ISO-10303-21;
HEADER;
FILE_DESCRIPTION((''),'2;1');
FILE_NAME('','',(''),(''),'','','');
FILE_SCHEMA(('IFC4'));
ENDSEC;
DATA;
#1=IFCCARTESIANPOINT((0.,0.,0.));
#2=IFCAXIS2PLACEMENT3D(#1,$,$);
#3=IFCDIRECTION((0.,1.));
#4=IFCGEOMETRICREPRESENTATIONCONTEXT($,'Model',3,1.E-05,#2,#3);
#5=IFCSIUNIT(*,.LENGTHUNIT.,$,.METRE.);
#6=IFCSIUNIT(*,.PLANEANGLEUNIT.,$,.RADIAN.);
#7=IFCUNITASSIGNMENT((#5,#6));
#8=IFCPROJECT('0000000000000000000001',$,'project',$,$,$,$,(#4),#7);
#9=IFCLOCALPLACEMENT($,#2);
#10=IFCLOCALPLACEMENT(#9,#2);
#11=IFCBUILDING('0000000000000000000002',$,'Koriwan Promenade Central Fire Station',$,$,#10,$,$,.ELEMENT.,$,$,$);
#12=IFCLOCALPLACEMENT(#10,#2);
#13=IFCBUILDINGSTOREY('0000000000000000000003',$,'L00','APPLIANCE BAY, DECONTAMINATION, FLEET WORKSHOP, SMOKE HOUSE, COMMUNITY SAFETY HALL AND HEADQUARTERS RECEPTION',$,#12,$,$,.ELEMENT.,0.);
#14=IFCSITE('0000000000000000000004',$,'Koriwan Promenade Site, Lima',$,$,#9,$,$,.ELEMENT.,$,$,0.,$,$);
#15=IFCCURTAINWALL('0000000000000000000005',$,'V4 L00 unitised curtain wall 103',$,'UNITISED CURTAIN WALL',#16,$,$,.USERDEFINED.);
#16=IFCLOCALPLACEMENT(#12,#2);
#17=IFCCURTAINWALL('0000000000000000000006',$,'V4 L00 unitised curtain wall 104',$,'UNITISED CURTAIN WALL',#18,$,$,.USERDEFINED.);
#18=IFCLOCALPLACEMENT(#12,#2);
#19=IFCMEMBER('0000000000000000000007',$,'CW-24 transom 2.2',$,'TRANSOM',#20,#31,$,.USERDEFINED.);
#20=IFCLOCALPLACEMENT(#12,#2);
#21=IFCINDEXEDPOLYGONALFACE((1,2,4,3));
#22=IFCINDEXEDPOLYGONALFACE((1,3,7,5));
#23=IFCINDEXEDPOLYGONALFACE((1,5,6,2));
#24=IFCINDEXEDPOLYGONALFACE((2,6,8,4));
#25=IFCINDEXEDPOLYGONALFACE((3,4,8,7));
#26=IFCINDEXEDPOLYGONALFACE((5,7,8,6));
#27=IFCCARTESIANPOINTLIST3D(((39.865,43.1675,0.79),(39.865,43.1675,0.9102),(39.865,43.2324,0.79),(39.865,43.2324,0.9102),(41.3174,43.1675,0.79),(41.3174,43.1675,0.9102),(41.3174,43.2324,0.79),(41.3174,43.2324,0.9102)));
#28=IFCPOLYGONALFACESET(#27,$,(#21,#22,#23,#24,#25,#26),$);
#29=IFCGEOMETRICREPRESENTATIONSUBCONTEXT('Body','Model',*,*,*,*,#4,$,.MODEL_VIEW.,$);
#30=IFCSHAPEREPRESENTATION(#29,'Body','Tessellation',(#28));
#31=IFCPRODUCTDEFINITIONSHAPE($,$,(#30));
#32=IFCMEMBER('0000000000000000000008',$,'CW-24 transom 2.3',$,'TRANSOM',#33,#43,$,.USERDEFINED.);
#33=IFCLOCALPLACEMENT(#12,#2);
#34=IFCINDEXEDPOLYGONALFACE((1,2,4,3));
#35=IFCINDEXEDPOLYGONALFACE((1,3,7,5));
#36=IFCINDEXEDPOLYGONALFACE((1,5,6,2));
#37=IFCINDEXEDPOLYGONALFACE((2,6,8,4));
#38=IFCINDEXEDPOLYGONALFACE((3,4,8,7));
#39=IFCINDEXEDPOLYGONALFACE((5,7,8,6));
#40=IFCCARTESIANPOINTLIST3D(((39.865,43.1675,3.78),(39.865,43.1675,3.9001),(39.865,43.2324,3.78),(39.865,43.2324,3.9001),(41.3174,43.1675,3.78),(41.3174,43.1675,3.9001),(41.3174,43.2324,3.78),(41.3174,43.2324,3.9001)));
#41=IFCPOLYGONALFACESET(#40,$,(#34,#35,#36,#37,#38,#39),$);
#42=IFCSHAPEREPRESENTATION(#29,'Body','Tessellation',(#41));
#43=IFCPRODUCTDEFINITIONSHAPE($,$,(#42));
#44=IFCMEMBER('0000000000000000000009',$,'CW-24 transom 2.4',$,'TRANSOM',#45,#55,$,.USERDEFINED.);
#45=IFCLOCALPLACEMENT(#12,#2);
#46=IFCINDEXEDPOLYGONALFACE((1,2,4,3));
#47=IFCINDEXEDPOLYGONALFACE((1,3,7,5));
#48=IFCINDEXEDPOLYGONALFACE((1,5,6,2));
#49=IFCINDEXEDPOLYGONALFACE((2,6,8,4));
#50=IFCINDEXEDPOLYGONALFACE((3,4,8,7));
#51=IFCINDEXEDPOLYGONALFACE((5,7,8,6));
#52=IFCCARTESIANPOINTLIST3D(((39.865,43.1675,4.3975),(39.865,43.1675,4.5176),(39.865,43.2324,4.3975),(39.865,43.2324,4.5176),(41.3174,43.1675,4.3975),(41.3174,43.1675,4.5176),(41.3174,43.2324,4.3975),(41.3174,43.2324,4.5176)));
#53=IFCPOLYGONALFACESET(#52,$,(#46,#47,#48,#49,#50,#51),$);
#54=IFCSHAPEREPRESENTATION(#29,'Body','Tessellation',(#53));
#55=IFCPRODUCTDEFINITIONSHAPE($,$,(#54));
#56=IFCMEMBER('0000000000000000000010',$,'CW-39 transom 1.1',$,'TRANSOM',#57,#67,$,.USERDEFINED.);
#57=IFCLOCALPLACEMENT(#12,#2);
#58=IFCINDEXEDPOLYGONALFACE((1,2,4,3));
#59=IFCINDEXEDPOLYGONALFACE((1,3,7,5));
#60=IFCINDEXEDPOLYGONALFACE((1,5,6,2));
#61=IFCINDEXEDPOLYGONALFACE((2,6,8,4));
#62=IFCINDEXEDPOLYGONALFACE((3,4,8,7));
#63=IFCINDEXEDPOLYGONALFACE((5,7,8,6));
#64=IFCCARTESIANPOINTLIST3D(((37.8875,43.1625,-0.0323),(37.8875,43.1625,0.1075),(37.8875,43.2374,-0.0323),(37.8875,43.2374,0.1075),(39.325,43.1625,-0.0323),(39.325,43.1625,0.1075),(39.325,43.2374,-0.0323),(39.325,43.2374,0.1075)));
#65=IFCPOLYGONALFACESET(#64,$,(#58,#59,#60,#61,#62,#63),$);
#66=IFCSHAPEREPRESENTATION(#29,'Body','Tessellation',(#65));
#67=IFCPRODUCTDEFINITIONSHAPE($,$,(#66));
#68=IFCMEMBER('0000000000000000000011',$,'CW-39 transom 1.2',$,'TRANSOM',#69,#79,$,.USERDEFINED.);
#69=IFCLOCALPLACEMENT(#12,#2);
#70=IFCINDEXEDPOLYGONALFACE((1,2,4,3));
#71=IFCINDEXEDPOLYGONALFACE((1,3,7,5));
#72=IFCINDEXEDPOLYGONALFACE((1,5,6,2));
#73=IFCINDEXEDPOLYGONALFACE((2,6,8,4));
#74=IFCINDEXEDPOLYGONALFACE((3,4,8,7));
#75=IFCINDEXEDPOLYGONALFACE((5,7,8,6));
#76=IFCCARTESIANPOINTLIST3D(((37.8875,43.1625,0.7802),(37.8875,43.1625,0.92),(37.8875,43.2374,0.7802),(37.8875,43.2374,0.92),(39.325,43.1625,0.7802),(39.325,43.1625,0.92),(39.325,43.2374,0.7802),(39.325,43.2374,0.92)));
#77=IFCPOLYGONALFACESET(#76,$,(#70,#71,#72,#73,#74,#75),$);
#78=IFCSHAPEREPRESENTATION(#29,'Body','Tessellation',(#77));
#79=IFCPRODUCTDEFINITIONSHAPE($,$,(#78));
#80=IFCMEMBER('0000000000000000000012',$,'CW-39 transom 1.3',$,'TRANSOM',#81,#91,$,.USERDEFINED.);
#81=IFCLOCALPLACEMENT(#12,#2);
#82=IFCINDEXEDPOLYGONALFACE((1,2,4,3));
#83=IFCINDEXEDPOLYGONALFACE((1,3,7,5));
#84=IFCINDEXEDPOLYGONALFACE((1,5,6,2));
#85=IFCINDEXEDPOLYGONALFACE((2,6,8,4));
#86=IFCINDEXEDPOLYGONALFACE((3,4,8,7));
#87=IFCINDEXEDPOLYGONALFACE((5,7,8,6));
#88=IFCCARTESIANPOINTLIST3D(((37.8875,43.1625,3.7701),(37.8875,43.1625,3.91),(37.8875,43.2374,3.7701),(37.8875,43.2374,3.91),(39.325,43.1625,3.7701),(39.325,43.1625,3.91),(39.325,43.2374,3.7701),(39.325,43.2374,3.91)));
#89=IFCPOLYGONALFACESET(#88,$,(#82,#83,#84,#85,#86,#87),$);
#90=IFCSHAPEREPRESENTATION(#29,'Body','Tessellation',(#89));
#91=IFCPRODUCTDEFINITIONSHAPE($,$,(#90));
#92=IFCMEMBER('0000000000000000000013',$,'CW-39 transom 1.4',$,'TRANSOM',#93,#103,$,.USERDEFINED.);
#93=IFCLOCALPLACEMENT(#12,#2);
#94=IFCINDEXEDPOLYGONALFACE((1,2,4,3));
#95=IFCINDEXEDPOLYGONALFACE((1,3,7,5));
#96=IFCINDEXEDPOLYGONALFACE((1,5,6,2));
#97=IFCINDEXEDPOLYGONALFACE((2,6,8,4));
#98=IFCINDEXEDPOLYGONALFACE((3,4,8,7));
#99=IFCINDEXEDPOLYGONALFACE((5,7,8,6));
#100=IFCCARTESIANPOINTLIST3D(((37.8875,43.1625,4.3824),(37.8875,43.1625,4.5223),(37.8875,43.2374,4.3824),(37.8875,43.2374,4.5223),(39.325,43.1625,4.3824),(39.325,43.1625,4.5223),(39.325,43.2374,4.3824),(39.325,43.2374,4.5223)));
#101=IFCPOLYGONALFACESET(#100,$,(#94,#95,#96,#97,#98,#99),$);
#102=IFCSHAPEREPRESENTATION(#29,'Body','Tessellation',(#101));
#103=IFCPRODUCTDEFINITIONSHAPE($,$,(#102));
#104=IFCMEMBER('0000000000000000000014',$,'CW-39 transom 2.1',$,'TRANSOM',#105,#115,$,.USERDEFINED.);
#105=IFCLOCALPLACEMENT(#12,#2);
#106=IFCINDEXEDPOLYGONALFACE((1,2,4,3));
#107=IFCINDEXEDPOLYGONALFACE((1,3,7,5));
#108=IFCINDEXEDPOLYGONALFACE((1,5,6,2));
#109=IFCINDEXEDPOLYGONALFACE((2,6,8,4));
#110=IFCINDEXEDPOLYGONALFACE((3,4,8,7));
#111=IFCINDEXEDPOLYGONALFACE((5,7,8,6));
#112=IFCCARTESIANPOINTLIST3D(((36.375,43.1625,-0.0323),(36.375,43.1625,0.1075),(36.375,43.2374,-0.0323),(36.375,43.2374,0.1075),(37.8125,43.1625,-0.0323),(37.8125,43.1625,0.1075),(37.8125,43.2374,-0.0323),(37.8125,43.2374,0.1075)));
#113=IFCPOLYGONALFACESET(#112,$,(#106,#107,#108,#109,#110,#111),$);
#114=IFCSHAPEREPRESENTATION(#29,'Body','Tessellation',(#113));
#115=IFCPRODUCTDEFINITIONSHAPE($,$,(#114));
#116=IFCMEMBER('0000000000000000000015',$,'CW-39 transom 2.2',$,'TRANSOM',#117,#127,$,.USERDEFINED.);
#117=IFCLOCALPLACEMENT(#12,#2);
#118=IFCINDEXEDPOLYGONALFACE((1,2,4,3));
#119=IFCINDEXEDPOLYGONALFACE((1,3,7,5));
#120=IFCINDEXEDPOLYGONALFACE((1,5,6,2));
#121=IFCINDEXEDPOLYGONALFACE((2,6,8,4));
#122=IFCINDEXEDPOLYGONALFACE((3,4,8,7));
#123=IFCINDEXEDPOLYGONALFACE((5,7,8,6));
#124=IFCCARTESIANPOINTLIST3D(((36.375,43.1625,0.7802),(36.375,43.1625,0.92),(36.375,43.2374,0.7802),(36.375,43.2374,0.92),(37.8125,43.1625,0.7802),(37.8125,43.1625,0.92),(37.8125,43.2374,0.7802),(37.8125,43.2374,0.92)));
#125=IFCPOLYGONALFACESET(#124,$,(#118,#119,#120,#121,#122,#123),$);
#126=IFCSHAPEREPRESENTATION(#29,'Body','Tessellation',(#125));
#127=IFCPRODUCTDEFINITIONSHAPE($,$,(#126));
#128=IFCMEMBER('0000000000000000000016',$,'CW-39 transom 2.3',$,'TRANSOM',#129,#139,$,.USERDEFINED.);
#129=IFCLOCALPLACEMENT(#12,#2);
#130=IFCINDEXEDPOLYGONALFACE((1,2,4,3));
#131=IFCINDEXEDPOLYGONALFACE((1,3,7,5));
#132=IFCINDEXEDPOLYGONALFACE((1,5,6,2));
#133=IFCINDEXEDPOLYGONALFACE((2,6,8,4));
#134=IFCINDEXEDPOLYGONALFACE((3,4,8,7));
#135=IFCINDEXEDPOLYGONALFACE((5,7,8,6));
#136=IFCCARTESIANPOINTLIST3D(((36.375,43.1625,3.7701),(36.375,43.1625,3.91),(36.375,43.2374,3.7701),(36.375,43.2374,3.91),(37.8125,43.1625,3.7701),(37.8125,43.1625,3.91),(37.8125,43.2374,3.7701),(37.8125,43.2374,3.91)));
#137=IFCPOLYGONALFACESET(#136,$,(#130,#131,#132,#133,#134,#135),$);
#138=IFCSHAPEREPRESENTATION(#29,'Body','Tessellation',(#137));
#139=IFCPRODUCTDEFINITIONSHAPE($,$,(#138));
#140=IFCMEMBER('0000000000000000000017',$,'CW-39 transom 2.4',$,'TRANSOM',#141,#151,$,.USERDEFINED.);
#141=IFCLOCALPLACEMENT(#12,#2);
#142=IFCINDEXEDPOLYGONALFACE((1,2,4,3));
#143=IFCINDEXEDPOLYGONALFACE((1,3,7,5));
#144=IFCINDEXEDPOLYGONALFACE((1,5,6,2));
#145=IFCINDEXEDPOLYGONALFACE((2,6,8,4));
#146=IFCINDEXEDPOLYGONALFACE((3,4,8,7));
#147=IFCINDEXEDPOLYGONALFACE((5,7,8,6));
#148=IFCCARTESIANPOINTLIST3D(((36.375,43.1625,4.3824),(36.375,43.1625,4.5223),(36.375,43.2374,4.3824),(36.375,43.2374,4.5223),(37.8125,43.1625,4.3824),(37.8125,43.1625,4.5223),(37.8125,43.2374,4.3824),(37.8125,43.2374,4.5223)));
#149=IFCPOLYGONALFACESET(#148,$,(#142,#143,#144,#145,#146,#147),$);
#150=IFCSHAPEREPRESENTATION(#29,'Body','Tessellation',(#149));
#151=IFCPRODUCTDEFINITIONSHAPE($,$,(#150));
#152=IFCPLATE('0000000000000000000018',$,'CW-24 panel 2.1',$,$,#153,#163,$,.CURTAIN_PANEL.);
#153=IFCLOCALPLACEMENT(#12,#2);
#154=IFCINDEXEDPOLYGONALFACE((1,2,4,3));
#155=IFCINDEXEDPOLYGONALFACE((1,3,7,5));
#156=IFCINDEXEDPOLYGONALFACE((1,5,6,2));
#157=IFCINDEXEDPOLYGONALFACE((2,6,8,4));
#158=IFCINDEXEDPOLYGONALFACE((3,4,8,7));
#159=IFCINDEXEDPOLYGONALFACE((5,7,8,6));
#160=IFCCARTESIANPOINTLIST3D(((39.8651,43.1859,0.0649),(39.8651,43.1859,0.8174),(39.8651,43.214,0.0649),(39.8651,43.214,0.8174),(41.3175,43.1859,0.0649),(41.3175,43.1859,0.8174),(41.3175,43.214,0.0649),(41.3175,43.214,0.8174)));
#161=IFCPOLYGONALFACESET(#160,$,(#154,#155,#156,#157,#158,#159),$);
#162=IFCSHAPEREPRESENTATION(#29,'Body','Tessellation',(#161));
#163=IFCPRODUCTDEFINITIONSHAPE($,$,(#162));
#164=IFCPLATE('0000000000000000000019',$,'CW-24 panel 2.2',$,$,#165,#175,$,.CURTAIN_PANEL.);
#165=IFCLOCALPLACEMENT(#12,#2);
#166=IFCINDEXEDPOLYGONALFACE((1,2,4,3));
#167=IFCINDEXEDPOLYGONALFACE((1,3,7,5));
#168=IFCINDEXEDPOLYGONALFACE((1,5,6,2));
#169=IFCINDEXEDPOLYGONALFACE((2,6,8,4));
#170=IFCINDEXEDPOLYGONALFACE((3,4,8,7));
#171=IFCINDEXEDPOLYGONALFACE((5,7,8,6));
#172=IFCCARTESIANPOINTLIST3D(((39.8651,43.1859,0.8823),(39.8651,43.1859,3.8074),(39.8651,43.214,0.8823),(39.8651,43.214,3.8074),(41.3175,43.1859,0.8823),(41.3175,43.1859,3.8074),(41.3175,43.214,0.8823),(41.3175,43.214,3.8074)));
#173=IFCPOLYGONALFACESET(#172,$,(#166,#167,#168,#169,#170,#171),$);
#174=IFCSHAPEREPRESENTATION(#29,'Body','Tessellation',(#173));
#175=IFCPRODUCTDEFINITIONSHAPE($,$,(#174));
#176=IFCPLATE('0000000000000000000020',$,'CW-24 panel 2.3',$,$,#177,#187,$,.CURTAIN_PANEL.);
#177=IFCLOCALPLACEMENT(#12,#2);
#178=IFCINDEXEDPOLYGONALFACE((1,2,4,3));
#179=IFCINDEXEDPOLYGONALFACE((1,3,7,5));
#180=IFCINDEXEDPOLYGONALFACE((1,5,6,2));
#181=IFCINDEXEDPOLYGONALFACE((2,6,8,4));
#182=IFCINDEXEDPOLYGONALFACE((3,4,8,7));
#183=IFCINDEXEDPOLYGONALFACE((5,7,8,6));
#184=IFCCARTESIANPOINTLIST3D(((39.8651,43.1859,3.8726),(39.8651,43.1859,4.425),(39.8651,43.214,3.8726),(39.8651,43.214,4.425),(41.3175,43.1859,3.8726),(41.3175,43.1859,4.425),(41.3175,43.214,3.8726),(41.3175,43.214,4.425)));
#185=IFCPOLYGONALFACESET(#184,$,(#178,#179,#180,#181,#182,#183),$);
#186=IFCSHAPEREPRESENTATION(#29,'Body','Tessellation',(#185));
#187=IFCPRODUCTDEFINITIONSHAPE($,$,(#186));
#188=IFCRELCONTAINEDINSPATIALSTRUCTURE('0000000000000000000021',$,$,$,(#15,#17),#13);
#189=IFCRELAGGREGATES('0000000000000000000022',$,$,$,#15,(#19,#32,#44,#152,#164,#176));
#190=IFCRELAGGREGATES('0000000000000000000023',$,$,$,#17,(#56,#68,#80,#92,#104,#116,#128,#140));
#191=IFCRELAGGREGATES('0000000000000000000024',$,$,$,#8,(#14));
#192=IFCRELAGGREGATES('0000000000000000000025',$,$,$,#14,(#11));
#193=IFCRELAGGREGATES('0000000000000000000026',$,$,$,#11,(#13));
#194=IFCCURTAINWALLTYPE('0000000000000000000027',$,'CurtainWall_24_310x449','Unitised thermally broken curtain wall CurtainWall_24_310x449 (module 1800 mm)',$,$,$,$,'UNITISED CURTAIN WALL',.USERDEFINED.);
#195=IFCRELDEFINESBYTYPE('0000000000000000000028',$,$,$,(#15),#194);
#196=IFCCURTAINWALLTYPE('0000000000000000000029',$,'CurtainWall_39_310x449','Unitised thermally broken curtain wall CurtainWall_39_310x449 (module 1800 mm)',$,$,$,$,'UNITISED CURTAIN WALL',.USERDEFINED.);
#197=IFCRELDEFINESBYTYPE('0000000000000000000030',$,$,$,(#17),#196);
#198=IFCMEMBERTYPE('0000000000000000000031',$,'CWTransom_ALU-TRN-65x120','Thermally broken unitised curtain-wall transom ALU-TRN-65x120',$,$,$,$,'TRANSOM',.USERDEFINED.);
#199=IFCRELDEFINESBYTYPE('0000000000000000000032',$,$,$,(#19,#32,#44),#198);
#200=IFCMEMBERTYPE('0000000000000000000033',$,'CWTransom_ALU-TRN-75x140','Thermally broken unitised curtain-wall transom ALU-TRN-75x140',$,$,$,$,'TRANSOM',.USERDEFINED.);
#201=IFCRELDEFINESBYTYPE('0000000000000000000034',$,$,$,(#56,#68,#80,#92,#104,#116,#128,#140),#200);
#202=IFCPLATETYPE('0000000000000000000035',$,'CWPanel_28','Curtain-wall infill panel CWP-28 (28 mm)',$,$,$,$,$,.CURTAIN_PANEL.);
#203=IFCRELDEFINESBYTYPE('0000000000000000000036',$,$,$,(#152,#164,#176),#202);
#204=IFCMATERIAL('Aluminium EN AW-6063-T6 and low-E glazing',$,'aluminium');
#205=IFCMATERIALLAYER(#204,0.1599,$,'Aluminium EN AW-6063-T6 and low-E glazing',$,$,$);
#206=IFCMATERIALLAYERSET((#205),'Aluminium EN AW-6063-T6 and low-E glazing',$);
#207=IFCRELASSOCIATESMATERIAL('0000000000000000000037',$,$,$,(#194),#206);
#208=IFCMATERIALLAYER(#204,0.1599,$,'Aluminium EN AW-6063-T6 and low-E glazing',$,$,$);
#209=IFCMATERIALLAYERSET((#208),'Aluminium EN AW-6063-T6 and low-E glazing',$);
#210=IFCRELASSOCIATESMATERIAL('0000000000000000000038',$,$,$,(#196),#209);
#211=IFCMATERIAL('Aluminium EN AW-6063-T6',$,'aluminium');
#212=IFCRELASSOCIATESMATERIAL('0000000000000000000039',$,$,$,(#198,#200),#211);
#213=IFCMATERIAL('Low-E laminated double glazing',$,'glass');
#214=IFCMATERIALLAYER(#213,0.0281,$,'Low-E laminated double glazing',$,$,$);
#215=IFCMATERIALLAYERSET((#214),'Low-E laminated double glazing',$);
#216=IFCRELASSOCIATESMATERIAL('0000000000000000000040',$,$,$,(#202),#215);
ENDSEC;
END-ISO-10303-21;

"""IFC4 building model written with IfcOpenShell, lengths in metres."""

from ifc_helpers import new_model, si_unit, direction, frame, origin, origin_2d, place, context, subcontext, project, spatial, rectangle, extrude, material, layer, layer_set, material_profile, profile_set, type_object, element, aggregate, save


model = new_model("IFC4")

# Units and contexts
model_context = context("Model", 3, precision=1e-05, world=origin(), true_north=direction((0.0, 1.0)))
body_context = subcontext(model_context, "Body", "Model", "MODEL_VIEW")
ifc_project = project(units=[si_unit("LENGTHUNIT", "METRE"), si_unit("PLANEANGLEUNIT", "RADIAN")], contexts=[model_context])

# Site, building, storey
site_placement = place(None, origin())
site = spatial("IfcSite", under=ifc_project, at=site_placement, Name="Koriwan Promenade Site, Lima", CompositionType="ELEMENT", RefElevation=0.0)
building_placement = place(site_placement, origin())
building = spatial("IfcBuilding", under=site, at=building_placement, Name="Koriwan Promenade Central Fire Station", CompositionType="ELEMENT")
storey_placement = place(building_placement, origin())
storey = spatial("IfcBuildingStorey", under=building, at=storey_placement, Name="L00", Description="APPLIANCE BAY, DECONTAMINATION, FLEET WORKSHOP, SMOKE HOUSE, COMMUNITY SAFETY HALL AND HEADQUARTERS RECEPTION", CompositionType="ELEMENT", Elevation=0.0)

# Curtain walls
ifc_material_1 = material(Name="Aluminium EN AW-6063-T6 and low-E glazing", Category="aluminium")
ifc_layer_1 = layer(ifc_material_1, 0.1599, Name="Aluminium EN AW-6063-T6 and low-E glazing")
ifc_layer_set_1 = layer_set([ifc_layer_1], Name="Aluminium EN AW-6063-T6 and low-E glazing")
curtain_wall_type_1 = type_object("IfcCurtainWallType", Name="CurtainWall_24_310x449", Description="Unitised thermally broken curtain wall CurtainWall_24_310x449 (module 1800 mm)", ElementType="UNITISED CURTAIN WALL", PredefinedType="USERDEFINED", material=ifc_layer_set_1)
curtain_wall_1_placement = place(storey_placement, origin())
curtain_wall_1 = element("IfcCurtainWall", 1, at=curtain_wall_1_placement, inside=storey, type_object=curtain_wall_type_1, Name="V4 L00 unitised curtain wall 103", ObjectType="UNITISED CURTAIN WALL", PredefinedType="USERDEFINED")
ifc_material_2 = material(Name="Aluminium EN AW-6063-T6", Category="aluminium")
ifc_layer_2 = layer(ifc_material_1, 0.1599, Name="Aluminium EN AW-6063-T6 and low-E glazing")
ifc_layer_set_2 = layer_set([ifc_layer_2], Name="Aluminium EN AW-6063-T6 and low-E glazing")
curtain_wall_type_2 = type_object("IfcCurtainWallType", Name="CurtainWall_39_310x449", Description="Unitised thermally broken curtain wall CurtainWall_39_310x449 (module 1800 mm)", ElementType="UNITISED CURTAIN WALL", PredefinedType="USERDEFINED", material=ifc_layer_set_2)
curtain_wall_2_placement = place(storey_placement, origin())
curtain_wall_2 = element("IfcCurtainWall", 2, at=curtain_wall_2_placement, inside=storey, type_object=curtain_wall_type_2, Name="V4 L00 unitised curtain wall 104", ObjectType="UNITISED CURTAIN WALL", PredefinedType="USERDEFINED")

# Members
ifc_material_profile_1 = material_profile(ifc_material_2, rectangle(XDim=0.0649, YDim=0.1201, at=origin_2d()), Name="ALU-TRN-65x120")
ifc_profile_set_1 = profile_set([ifc_material_profile_1], Name="Aluminium EN AW-6063-T6")
member_type_1 = type_object("IfcMemberType", Name="CWTransom_ALU-TRN-65x120", Description="Thermally broken unitised curtain-wall transom ALU-TRN-65x120", ElementType="TRANSOM", PredefinedType="USERDEFINED", material=ifc_profile_set_1)
member_1_placement = place(storey_placement, frame((41.3174, 43.2, 0.8501), z_axis=(-1.0, 0.0, 0.0), x_axis=(0.0, -1.0, 0.0)))
member_1 = element("IfcMember", 3, at=member_1_placement, type_object=member_type_1, Name="CW-24 transom 2.2", ObjectType="TRANSOM", PredefinedType="USERDEFINED", context=body_context, shape_type="SweptSolid", body=[
    extrude(rectangle(XDim=0.0649, YDim=0.1201, at=origin_2d()), origin(), (0.0, 0.0, 1.0), 1.4524),
])
member_2_placement = place(storey_placement, frame((41.3174, 43.2, 3.8401), z_axis=(-1.0, 0.0, 0.0), x_axis=(0.0, -1.0, 0.0)))
member_2 = element("IfcMember", 4, at=member_2_placement, type_object=member_type_1, Name="CW-24 transom 2.3", ObjectType="TRANSOM", PredefinedType="USERDEFINED", context=body_context, shape_type="SweptSolid", body=[
    extrude(rectangle(XDim=0.0649, YDim=0.1201, at=origin_2d()), origin(), (0.0, 0.0, 1.0), 1.4524),
])
member_3_placement = place(storey_placement, frame((41.3174, 43.2, 4.4575), z_axis=(-1.0, 0.0, 0.0), x_axis=(0.0, -1.0, 0.0)))
member_3 = element("IfcMember", 5, at=member_3_placement, type_object=member_type_1, Name="CW-24 transom 2.4", ObjectType="TRANSOM", PredefinedType="USERDEFINED", context=body_context, shape_type="SweptSolid", body=[
    extrude(rectangle(XDim=0.0649, YDim=0.1201, at=origin_2d()), origin(), (0.0, 0.0, 1.0), 1.4524),
])
ifc_material_profile_2 = material_profile(ifc_material_2, rectangle(XDim=0.075, YDim=0.1399, at=origin_2d()), Name="ALU-TRN-75x140")
ifc_profile_set_2 = profile_set([ifc_material_profile_2], Name="Aluminium EN AW-6063-T6")
member_type_2 = type_object("IfcMemberType", Name="CWTransom_ALU-TRN-75x140", Description="Thermally broken unitised curtain-wall transom ALU-TRN-75x140", ElementType="TRANSOM", PredefinedType="USERDEFINED", material=ifc_profile_set_2)
member_4_placement = place(storey_placement, frame((39.325, 43.2, 0.0376), z_axis=(-1.0, 0.0, 0.0), x_axis=(0.0, -1.0, 0.0)))
member_4 = element("IfcMember", 6, at=member_4_placement, type_object=member_type_2, Name="CW-39 transom 1.1", ObjectType="TRANSOM", PredefinedType="USERDEFINED", context=body_context, shape_type="SweptSolid", body=[
    extrude(rectangle(XDim=0.075, YDim=0.1399, at=origin_2d()), origin(), (0.0, 0.0, 1.0), 1.4375),
])
member_5_placement = place(storey_placement, frame((39.325, 43.2, 0.8501), z_axis=(-1.0, 0.0, 0.0), x_axis=(0.0, -1.0, 0.0)))
member_5 = element("IfcMember", 7, at=member_5_placement, type_object=member_type_2, Name="CW-39 transom 1.2", ObjectType="TRANSOM", PredefinedType="USERDEFINED", context=body_context, shape_type="SweptSolid", body=[
    extrude(rectangle(XDim=0.075, YDim=0.1399, at=origin_2d()), origin(), (0.0, 0.0, 1.0), 1.4375),
])
member_6_placement = place(storey_placement, frame((39.325, 43.2, 3.8401), z_axis=(-1.0, 0.0, 0.0), x_axis=(0.0, -1.0, 0.0)))
member_6 = element("IfcMember", 8, at=member_6_placement, type_object=member_type_2, Name="CW-39 transom 1.3", ObjectType="TRANSOM", PredefinedType="USERDEFINED", context=body_context, shape_type="SweptSolid", body=[
    extrude(rectangle(XDim=0.075, YDim=0.1399, at=origin_2d()), origin(), (0.0, 0.0, 1.0), 1.4375),
])
member_7_placement = place(storey_placement, frame((39.325, 43.2, 4.4524), z_axis=(-1.0, 0.0, 0.0), x_axis=(0.0, -1.0, 0.0)))
member_7 = element("IfcMember", 9, at=member_7_placement, type_object=member_type_2, Name="CW-39 transom 1.4", ObjectType="TRANSOM", PredefinedType="USERDEFINED", context=body_context, shape_type="SweptSolid", body=[
    extrude(rectangle(XDim=0.075, YDim=0.1399, at=origin_2d()), origin(), (0.0, 0.0, 1.0), 1.4375),
])
member_8_placement = place(storey_placement, frame((37.8125, 43.2, 0.0376), z_axis=(-1.0, 0.0, 0.0), x_axis=(0.0, -1.0, 0.0)))
member_8 = element("IfcMember", 10, at=member_8_placement, type_object=member_type_2, Name="CW-39 transom 2.1", ObjectType="TRANSOM", PredefinedType="USERDEFINED", context=body_context, shape_type="SweptSolid", body=[
    extrude(rectangle(XDim=0.075, YDim=0.1399, at=origin_2d()), origin(), (0.0, 0.0, 1.0), 1.4375),
])
member_9_placement = place(storey_placement, frame((37.8125, 43.2, 0.8501), z_axis=(-1.0, 0.0, 0.0), x_axis=(0.0, -1.0, 0.0)))
member_9 = element("IfcMember", 11, at=member_9_placement, type_object=member_type_2, Name="CW-39 transom 2.2", ObjectType="TRANSOM", PredefinedType="USERDEFINED", context=body_context, shape_type="SweptSolid", body=[
    extrude(rectangle(XDim=0.075, YDim=0.1399, at=origin_2d()), origin(), (0.0, 0.0, 1.0), 1.4375),
])
member_10_placement = place(storey_placement, frame((37.8125, 43.2, 3.8401), z_axis=(-1.0, 0.0, 0.0), x_axis=(0.0, -1.0, 0.0)))
member_10 = element("IfcMember", 12, at=member_10_placement, type_object=member_type_2, Name="CW-39 transom 2.3", ObjectType="TRANSOM", PredefinedType="USERDEFINED", context=body_context, shape_type="SweptSolid", body=[
    extrude(rectangle(XDim=0.075, YDim=0.1399, at=origin_2d()), origin(), (0.0, 0.0, 1.0), 1.4375),
])
member_11_placement = place(storey_placement, frame((37.8125, 43.2, 4.4524), z_axis=(-1.0, 0.0, 0.0), x_axis=(0.0, -1.0, 0.0)))
member_11 = element("IfcMember", 13, at=member_11_placement, type_object=member_type_2, Name="CW-39 transom 2.4", ObjectType="TRANSOM", PredefinedType="USERDEFINED", context=body_context, shape_type="SweptSolid", body=[
    extrude(rectangle(XDim=0.075, YDim=0.1399, at=origin_2d()), origin(), (0.0, 0.0, 1.0), 1.4375),
])

# Plates
ifc_material_3 = material(Name="Low-E laminated double glazing", Category="glass")
ifc_layer_3 = layer(ifc_material_3, 0.0281, Name="Low-E laminated double glazing")
ifc_layer_set_3 = layer_set([ifc_layer_3], Name="Low-E laminated double glazing")
plate_type_1 = type_object("IfcPlateType", Name="CWPanel_28", Description="Curtain-wall infill panel CWP-28 (28 mm)", PredefinedType="CURTAIN_PANEL", material=ifc_layer_set_3)
plate_1_placement = place(storey_placement, frame((40.5913, 43.2, 0.0649), z_axis=(0.0, 0.0, 1.0), x_axis=(-1.0, 0.0, 0.0)))
plate_1 = element("IfcPlate", 14, at=plate_1_placement, type_object=plate_type_1, Name="CW-24 panel 2.1", PredefinedType="CURTAIN_PANEL", context=body_context, shape_type="SweptSolid", body=[
    extrude(rectangle(XDim=1.4524, YDim=0.0281, at=origin_2d()), origin(), (0.0, 0.0, 1.0), 0.7524),
])
plate_2_placement = place(storey_placement, frame((40.5913, 43.2, 0.8823), z_axis=(0.0, 0.0, 1.0), x_axis=(-1.0, 0.0, 0.0)))
plate_2 = element("IfcPlate", 15, at=plate_2_placement, type_object=plate_type_1, Name="CW-24 panel 2.2", PredefinedType="CURTAIN_PANEL", context=body_context, shape_type="SweptSolid", body=[
    extrude(rectangle(XDim=1.4524, YDim=0.0281, at=origin_2d()), origin(), (0.0, 0.0, 1.0), 2.925),
])
plate_3_placement = place(storey_placement, frame((40.5913, 43.2, 3.8726), z_axis=(0.0, 0.0, 1.0), x_axis=(-1.0, 0.0, 0.0)))
plate_3 = element("IfcPlate", 16, at=plate_3_placement, type_object=plate_type_1, Name="CW-24 panel 2.3", PredefinedType="CURTAIN_PANEL", context=body_context, shape_type="SweptSolid", body=[
    extrude(rectangle(XDim=1.4524, YDim=0.0281, at=origin_2d()), origin(), (0.0, 0.0, 1.0), 0.5525),
])
aggregate(curtain_wall_1, [member_1, member_2, member_3, plate_1, plate_2, plate_3])
aggregate(curtain_wall_2, [member_4, member_5, member_6, member_7, member_8, member_9, member_10, member_11])

save(model, "model.ifc")
